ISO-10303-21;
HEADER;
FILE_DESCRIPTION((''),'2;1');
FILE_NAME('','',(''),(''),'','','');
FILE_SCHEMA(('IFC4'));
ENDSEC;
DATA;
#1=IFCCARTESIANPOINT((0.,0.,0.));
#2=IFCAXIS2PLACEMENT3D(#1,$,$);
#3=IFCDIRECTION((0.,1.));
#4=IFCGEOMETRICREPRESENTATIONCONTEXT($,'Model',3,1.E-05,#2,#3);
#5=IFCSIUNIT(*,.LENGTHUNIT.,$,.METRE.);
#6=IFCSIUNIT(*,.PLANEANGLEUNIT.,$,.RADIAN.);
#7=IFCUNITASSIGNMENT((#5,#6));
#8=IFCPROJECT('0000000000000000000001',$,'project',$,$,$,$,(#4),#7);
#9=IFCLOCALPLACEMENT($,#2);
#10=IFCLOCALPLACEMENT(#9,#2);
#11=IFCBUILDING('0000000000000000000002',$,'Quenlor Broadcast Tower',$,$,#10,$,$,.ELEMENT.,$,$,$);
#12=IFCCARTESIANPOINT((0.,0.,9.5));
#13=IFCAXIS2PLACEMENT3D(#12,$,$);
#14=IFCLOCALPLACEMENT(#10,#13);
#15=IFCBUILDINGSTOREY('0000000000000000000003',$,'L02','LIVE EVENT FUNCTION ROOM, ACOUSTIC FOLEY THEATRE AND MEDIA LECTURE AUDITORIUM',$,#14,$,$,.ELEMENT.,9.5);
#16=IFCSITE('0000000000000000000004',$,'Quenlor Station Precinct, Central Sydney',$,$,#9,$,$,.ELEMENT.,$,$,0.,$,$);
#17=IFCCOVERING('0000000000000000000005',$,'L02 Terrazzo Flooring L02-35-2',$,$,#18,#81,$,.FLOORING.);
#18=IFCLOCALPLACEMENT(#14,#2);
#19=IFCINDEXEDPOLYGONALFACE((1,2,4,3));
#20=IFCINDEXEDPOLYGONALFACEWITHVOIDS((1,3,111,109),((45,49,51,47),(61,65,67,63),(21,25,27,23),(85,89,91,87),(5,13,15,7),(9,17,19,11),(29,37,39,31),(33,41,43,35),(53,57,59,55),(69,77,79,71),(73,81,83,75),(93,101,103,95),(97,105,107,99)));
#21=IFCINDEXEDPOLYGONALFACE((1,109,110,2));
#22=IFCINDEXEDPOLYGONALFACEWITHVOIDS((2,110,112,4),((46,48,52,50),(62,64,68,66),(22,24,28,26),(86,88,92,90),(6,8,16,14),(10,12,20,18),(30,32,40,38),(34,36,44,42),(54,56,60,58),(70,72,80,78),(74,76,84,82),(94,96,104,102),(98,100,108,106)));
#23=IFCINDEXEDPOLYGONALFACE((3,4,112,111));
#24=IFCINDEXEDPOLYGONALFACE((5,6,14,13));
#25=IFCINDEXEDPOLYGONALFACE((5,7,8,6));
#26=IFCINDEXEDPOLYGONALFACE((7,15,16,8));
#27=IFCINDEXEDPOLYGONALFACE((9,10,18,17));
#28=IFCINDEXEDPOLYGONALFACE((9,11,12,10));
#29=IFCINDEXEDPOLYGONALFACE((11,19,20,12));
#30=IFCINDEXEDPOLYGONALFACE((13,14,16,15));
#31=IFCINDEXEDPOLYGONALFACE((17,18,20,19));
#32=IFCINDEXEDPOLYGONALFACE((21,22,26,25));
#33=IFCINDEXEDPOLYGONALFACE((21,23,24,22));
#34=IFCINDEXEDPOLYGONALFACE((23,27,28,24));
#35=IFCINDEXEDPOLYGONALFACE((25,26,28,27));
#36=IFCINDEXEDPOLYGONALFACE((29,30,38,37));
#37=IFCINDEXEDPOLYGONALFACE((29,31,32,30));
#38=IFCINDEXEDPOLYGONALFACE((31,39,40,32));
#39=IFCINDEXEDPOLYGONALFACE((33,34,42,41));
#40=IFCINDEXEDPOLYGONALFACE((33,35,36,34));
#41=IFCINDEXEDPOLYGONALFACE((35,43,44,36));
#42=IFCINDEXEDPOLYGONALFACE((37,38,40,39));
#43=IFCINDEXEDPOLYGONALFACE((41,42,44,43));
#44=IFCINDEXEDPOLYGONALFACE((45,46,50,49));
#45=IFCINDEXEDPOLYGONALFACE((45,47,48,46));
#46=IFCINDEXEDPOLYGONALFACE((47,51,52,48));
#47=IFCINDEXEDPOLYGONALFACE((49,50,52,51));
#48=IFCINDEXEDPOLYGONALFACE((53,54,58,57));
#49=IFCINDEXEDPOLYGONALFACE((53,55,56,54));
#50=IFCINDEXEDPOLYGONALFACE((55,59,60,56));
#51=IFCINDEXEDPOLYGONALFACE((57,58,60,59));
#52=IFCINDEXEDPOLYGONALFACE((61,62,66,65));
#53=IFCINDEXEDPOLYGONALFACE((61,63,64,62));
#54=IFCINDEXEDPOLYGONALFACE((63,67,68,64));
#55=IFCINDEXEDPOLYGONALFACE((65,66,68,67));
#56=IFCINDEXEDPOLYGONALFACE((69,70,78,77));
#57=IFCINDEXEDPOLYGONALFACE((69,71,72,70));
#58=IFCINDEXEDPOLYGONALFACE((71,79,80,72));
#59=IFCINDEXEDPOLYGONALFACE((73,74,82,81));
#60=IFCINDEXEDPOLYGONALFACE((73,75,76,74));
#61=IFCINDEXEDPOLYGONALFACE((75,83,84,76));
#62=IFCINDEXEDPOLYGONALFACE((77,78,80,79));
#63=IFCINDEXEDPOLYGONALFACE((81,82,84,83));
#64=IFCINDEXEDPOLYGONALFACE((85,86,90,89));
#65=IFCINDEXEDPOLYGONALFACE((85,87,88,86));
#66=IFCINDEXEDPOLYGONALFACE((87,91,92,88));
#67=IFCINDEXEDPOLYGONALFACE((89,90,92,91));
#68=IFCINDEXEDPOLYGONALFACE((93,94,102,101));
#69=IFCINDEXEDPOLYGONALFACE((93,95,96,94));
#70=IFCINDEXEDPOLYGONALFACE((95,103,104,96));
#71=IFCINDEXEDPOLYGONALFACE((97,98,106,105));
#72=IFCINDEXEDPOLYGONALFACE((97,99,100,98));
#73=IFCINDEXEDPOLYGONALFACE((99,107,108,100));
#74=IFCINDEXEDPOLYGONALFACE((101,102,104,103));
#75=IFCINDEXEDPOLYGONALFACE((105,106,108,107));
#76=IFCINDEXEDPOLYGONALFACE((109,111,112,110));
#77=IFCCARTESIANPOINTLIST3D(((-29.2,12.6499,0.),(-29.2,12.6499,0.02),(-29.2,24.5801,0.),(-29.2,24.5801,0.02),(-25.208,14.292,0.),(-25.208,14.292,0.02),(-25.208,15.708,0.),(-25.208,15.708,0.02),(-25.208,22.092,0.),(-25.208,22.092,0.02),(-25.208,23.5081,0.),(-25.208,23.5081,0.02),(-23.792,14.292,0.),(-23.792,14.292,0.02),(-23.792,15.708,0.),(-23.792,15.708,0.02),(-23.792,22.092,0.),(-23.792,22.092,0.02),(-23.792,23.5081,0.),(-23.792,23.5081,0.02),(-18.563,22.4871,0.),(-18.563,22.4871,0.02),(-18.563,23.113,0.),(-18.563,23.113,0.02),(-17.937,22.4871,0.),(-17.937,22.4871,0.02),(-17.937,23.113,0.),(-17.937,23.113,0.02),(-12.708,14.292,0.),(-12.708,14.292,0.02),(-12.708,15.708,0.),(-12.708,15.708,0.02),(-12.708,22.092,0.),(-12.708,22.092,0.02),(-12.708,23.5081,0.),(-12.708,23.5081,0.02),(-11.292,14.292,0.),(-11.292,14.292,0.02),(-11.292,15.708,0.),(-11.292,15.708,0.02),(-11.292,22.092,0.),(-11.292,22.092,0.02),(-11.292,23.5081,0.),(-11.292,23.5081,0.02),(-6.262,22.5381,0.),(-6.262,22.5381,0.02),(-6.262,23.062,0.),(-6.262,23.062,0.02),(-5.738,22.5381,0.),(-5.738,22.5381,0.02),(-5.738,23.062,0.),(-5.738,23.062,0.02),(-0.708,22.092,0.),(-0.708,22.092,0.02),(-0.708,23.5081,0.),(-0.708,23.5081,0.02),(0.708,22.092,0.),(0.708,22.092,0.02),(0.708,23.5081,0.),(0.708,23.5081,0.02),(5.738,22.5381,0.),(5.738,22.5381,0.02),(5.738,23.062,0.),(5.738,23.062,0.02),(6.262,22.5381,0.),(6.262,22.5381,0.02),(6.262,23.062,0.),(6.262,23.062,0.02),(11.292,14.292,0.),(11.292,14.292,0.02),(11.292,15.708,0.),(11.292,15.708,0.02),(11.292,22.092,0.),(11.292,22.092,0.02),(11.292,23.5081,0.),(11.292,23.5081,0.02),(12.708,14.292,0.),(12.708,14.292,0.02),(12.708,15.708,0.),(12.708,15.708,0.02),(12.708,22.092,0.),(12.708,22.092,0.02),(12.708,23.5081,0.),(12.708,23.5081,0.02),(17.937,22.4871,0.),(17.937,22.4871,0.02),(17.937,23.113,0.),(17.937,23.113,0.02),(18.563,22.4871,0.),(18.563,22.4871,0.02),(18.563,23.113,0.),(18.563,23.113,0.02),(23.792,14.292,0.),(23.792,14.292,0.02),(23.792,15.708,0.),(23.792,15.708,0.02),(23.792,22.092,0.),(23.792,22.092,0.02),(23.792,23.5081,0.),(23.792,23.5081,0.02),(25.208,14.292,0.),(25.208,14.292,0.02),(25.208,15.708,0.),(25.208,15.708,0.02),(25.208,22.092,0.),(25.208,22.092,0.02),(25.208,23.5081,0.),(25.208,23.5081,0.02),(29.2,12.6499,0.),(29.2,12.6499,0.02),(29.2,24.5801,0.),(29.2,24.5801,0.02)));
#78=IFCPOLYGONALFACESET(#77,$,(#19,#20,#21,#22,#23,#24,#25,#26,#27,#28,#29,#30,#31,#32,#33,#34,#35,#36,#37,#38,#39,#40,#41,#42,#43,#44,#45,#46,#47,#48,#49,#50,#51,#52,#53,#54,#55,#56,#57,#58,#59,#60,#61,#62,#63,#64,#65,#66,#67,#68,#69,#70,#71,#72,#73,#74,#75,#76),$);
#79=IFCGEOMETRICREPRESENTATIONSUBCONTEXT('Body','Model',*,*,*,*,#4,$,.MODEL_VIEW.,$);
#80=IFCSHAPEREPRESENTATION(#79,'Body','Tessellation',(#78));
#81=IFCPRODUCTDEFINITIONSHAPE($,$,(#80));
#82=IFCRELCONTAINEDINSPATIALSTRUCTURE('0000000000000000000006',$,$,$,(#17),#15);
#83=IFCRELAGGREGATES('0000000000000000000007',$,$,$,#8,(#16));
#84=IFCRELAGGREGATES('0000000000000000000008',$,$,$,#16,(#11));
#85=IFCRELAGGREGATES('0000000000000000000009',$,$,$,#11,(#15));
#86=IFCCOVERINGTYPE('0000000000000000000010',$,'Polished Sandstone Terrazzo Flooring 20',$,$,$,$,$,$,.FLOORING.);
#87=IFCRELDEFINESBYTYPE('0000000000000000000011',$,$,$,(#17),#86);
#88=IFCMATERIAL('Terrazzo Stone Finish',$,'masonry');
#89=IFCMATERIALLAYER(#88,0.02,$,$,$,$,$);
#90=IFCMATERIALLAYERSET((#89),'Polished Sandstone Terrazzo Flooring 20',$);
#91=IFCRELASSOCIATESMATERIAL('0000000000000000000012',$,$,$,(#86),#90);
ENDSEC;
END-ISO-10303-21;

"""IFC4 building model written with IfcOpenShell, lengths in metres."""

from ifc_helpers import new_model, si_unit, direction, frame, origin, place, context, subcontext, project, spatial, polyline, outline, extrude, material, layer, layer_set, type_object, element, save


model = new_model("IFC4")

# Units and contexts
model_context = context("Model", 3, precision=1e-05, world=origin(), true_north=direction((0.0, 1.0)))
body_context = subcontext(model_context, "Body", "Model", "MODEL_VIEW")
ifc_project = project(units=[si_unit("LENGTHUNIT", "METRE"), si_unit("PLANEANGLEUNIT", "RADIAN")], contexts=[model_context])

# Site, building, storey
site_placement = place(None, origin())
site = spatial("IfcSite", under=ifc_project, at=site_placement, Name="Quenlor Station Precinct, Central Sydney", CompositionType="ELEMENT", RefElevation=0.0)
building_placement = place(site_placement, origin())
building = spatial("IfcBuilding", under=site, at=building_placement, Name="Quenlor Broadcast Tower", CompositionType="ELEMENT")
storey_placement = place(building_placement, frame((0.0, 0.0, 9.5)))
storey = spatial("IfcBuildingStorey", under=building, at=storey_placement, Name="L02", Description="LIVE EVENT FUNCTION ROOM, ACOUSTIC FOLEY THEATRE AND MEDIA LECTURE AUDITORIUM", CompositionType="ELEMENT", Elevation=9.5)

# Covering
ifc_material_1 = material(Name="Terrazzo Stone Finish", Category="masonry")
ifc_layer_1 = layer(ifc_material_1, 0.02)
ifc_layer_set_1 = layer_set([ifc_layer_1], Name="Polished Sandstone Terrazzo Flooring 20")
covering_type = type_object("IfcCoveringType", Name="Polished Sandstone Terrazzo Flooring 20", PredefinedType="FLOORING", material=ifc_layer_set_1)
covering_placement = place(storey_placement, origin())
element("IfcCovering", 1, at=covering_placement, inside=storey, type_object=covering_type, Name="L02 Terrazzo Flooring L02-35-2", PredefinedType="FLOORING", context=body_context, shape_type="SweptSolid", body=[
    extrude(outline(polyline([(29.2, 24.5801), (29.2, 12.6499), (-29.2, 12.6499), (-29.2, 24.5801), (29.2, 24.5801)]), holes=[polyline([(-23.792, 14.292), (-23.792, 15.708), (-25.208, 15.708), (-25.208, 14.292), (-23.792, 14.292)]), polyline([(-23.792, 23.5081), (-25.208, 23.5081), (-25.208, 22.092), (-23.792, 22.092), (-23.792, 23.5081)]), polyline([(-17.937, 22.4871), (-17.937, 23.113), (-18.563, 23.113), (-18.563, 22.4871), (-17.937, 22.4871)]), polyline([(12.708, 14.292), (12.708, 15.708), (11.292, 15.708), (11.292, 14.292), (12.708, 14.292)]), polyline([(-11.292, 15.708), (-12.708, 15.708), (-12.708, 14.292), (-11.292, 14.292), (-11.292, 15.708)]), polyline([(0.708, 22.092), (0.708, 23.5081), (-0.708, 23.5081), (-0.708, 22.092), (0.708, 22.092)]), polyline([(12.708, 22.092), (12.708, 23.5081), (11.292, 23.5081), (11.292, 22.092), (12.708, 22.092)]), polyline([(6.262, 23.062), (5.738, 23.062), (5.738, 22.5381), (6.262, 22.5381), (6.262, 23.062)]), polyline([(-5.738, 22.5381), (-5.738, 23.062), (-6.262, 23.062), (-6.262, 22.5381), (-5.738, 22.5381)]), polyline([(-11.292, 22.092), (-11.292, 23.5081), (-12.708, 23.5081), (-12.708, 22.092), (-11.292, 22.092)]), polyline([(25.208, 14.292), (25.208, 15.708), (23.792, 15.708), (23.792, 14.292), (25.208, 14.292)]), polyline([(25.208, 22.092), (25.208, 23.5081), (23.792, 23.5081), (23.792, 22.092), (25.208, 22.092)]), polyline([(18.563, 22.4871), (18.563, 23.113), (17.937, 23.113), (17.937, 22.4871), (18.563, 22.4871)])]), origin(), (0.0, 0.0, 1.0), 0.02),
])

save(model, "model.ifc")
